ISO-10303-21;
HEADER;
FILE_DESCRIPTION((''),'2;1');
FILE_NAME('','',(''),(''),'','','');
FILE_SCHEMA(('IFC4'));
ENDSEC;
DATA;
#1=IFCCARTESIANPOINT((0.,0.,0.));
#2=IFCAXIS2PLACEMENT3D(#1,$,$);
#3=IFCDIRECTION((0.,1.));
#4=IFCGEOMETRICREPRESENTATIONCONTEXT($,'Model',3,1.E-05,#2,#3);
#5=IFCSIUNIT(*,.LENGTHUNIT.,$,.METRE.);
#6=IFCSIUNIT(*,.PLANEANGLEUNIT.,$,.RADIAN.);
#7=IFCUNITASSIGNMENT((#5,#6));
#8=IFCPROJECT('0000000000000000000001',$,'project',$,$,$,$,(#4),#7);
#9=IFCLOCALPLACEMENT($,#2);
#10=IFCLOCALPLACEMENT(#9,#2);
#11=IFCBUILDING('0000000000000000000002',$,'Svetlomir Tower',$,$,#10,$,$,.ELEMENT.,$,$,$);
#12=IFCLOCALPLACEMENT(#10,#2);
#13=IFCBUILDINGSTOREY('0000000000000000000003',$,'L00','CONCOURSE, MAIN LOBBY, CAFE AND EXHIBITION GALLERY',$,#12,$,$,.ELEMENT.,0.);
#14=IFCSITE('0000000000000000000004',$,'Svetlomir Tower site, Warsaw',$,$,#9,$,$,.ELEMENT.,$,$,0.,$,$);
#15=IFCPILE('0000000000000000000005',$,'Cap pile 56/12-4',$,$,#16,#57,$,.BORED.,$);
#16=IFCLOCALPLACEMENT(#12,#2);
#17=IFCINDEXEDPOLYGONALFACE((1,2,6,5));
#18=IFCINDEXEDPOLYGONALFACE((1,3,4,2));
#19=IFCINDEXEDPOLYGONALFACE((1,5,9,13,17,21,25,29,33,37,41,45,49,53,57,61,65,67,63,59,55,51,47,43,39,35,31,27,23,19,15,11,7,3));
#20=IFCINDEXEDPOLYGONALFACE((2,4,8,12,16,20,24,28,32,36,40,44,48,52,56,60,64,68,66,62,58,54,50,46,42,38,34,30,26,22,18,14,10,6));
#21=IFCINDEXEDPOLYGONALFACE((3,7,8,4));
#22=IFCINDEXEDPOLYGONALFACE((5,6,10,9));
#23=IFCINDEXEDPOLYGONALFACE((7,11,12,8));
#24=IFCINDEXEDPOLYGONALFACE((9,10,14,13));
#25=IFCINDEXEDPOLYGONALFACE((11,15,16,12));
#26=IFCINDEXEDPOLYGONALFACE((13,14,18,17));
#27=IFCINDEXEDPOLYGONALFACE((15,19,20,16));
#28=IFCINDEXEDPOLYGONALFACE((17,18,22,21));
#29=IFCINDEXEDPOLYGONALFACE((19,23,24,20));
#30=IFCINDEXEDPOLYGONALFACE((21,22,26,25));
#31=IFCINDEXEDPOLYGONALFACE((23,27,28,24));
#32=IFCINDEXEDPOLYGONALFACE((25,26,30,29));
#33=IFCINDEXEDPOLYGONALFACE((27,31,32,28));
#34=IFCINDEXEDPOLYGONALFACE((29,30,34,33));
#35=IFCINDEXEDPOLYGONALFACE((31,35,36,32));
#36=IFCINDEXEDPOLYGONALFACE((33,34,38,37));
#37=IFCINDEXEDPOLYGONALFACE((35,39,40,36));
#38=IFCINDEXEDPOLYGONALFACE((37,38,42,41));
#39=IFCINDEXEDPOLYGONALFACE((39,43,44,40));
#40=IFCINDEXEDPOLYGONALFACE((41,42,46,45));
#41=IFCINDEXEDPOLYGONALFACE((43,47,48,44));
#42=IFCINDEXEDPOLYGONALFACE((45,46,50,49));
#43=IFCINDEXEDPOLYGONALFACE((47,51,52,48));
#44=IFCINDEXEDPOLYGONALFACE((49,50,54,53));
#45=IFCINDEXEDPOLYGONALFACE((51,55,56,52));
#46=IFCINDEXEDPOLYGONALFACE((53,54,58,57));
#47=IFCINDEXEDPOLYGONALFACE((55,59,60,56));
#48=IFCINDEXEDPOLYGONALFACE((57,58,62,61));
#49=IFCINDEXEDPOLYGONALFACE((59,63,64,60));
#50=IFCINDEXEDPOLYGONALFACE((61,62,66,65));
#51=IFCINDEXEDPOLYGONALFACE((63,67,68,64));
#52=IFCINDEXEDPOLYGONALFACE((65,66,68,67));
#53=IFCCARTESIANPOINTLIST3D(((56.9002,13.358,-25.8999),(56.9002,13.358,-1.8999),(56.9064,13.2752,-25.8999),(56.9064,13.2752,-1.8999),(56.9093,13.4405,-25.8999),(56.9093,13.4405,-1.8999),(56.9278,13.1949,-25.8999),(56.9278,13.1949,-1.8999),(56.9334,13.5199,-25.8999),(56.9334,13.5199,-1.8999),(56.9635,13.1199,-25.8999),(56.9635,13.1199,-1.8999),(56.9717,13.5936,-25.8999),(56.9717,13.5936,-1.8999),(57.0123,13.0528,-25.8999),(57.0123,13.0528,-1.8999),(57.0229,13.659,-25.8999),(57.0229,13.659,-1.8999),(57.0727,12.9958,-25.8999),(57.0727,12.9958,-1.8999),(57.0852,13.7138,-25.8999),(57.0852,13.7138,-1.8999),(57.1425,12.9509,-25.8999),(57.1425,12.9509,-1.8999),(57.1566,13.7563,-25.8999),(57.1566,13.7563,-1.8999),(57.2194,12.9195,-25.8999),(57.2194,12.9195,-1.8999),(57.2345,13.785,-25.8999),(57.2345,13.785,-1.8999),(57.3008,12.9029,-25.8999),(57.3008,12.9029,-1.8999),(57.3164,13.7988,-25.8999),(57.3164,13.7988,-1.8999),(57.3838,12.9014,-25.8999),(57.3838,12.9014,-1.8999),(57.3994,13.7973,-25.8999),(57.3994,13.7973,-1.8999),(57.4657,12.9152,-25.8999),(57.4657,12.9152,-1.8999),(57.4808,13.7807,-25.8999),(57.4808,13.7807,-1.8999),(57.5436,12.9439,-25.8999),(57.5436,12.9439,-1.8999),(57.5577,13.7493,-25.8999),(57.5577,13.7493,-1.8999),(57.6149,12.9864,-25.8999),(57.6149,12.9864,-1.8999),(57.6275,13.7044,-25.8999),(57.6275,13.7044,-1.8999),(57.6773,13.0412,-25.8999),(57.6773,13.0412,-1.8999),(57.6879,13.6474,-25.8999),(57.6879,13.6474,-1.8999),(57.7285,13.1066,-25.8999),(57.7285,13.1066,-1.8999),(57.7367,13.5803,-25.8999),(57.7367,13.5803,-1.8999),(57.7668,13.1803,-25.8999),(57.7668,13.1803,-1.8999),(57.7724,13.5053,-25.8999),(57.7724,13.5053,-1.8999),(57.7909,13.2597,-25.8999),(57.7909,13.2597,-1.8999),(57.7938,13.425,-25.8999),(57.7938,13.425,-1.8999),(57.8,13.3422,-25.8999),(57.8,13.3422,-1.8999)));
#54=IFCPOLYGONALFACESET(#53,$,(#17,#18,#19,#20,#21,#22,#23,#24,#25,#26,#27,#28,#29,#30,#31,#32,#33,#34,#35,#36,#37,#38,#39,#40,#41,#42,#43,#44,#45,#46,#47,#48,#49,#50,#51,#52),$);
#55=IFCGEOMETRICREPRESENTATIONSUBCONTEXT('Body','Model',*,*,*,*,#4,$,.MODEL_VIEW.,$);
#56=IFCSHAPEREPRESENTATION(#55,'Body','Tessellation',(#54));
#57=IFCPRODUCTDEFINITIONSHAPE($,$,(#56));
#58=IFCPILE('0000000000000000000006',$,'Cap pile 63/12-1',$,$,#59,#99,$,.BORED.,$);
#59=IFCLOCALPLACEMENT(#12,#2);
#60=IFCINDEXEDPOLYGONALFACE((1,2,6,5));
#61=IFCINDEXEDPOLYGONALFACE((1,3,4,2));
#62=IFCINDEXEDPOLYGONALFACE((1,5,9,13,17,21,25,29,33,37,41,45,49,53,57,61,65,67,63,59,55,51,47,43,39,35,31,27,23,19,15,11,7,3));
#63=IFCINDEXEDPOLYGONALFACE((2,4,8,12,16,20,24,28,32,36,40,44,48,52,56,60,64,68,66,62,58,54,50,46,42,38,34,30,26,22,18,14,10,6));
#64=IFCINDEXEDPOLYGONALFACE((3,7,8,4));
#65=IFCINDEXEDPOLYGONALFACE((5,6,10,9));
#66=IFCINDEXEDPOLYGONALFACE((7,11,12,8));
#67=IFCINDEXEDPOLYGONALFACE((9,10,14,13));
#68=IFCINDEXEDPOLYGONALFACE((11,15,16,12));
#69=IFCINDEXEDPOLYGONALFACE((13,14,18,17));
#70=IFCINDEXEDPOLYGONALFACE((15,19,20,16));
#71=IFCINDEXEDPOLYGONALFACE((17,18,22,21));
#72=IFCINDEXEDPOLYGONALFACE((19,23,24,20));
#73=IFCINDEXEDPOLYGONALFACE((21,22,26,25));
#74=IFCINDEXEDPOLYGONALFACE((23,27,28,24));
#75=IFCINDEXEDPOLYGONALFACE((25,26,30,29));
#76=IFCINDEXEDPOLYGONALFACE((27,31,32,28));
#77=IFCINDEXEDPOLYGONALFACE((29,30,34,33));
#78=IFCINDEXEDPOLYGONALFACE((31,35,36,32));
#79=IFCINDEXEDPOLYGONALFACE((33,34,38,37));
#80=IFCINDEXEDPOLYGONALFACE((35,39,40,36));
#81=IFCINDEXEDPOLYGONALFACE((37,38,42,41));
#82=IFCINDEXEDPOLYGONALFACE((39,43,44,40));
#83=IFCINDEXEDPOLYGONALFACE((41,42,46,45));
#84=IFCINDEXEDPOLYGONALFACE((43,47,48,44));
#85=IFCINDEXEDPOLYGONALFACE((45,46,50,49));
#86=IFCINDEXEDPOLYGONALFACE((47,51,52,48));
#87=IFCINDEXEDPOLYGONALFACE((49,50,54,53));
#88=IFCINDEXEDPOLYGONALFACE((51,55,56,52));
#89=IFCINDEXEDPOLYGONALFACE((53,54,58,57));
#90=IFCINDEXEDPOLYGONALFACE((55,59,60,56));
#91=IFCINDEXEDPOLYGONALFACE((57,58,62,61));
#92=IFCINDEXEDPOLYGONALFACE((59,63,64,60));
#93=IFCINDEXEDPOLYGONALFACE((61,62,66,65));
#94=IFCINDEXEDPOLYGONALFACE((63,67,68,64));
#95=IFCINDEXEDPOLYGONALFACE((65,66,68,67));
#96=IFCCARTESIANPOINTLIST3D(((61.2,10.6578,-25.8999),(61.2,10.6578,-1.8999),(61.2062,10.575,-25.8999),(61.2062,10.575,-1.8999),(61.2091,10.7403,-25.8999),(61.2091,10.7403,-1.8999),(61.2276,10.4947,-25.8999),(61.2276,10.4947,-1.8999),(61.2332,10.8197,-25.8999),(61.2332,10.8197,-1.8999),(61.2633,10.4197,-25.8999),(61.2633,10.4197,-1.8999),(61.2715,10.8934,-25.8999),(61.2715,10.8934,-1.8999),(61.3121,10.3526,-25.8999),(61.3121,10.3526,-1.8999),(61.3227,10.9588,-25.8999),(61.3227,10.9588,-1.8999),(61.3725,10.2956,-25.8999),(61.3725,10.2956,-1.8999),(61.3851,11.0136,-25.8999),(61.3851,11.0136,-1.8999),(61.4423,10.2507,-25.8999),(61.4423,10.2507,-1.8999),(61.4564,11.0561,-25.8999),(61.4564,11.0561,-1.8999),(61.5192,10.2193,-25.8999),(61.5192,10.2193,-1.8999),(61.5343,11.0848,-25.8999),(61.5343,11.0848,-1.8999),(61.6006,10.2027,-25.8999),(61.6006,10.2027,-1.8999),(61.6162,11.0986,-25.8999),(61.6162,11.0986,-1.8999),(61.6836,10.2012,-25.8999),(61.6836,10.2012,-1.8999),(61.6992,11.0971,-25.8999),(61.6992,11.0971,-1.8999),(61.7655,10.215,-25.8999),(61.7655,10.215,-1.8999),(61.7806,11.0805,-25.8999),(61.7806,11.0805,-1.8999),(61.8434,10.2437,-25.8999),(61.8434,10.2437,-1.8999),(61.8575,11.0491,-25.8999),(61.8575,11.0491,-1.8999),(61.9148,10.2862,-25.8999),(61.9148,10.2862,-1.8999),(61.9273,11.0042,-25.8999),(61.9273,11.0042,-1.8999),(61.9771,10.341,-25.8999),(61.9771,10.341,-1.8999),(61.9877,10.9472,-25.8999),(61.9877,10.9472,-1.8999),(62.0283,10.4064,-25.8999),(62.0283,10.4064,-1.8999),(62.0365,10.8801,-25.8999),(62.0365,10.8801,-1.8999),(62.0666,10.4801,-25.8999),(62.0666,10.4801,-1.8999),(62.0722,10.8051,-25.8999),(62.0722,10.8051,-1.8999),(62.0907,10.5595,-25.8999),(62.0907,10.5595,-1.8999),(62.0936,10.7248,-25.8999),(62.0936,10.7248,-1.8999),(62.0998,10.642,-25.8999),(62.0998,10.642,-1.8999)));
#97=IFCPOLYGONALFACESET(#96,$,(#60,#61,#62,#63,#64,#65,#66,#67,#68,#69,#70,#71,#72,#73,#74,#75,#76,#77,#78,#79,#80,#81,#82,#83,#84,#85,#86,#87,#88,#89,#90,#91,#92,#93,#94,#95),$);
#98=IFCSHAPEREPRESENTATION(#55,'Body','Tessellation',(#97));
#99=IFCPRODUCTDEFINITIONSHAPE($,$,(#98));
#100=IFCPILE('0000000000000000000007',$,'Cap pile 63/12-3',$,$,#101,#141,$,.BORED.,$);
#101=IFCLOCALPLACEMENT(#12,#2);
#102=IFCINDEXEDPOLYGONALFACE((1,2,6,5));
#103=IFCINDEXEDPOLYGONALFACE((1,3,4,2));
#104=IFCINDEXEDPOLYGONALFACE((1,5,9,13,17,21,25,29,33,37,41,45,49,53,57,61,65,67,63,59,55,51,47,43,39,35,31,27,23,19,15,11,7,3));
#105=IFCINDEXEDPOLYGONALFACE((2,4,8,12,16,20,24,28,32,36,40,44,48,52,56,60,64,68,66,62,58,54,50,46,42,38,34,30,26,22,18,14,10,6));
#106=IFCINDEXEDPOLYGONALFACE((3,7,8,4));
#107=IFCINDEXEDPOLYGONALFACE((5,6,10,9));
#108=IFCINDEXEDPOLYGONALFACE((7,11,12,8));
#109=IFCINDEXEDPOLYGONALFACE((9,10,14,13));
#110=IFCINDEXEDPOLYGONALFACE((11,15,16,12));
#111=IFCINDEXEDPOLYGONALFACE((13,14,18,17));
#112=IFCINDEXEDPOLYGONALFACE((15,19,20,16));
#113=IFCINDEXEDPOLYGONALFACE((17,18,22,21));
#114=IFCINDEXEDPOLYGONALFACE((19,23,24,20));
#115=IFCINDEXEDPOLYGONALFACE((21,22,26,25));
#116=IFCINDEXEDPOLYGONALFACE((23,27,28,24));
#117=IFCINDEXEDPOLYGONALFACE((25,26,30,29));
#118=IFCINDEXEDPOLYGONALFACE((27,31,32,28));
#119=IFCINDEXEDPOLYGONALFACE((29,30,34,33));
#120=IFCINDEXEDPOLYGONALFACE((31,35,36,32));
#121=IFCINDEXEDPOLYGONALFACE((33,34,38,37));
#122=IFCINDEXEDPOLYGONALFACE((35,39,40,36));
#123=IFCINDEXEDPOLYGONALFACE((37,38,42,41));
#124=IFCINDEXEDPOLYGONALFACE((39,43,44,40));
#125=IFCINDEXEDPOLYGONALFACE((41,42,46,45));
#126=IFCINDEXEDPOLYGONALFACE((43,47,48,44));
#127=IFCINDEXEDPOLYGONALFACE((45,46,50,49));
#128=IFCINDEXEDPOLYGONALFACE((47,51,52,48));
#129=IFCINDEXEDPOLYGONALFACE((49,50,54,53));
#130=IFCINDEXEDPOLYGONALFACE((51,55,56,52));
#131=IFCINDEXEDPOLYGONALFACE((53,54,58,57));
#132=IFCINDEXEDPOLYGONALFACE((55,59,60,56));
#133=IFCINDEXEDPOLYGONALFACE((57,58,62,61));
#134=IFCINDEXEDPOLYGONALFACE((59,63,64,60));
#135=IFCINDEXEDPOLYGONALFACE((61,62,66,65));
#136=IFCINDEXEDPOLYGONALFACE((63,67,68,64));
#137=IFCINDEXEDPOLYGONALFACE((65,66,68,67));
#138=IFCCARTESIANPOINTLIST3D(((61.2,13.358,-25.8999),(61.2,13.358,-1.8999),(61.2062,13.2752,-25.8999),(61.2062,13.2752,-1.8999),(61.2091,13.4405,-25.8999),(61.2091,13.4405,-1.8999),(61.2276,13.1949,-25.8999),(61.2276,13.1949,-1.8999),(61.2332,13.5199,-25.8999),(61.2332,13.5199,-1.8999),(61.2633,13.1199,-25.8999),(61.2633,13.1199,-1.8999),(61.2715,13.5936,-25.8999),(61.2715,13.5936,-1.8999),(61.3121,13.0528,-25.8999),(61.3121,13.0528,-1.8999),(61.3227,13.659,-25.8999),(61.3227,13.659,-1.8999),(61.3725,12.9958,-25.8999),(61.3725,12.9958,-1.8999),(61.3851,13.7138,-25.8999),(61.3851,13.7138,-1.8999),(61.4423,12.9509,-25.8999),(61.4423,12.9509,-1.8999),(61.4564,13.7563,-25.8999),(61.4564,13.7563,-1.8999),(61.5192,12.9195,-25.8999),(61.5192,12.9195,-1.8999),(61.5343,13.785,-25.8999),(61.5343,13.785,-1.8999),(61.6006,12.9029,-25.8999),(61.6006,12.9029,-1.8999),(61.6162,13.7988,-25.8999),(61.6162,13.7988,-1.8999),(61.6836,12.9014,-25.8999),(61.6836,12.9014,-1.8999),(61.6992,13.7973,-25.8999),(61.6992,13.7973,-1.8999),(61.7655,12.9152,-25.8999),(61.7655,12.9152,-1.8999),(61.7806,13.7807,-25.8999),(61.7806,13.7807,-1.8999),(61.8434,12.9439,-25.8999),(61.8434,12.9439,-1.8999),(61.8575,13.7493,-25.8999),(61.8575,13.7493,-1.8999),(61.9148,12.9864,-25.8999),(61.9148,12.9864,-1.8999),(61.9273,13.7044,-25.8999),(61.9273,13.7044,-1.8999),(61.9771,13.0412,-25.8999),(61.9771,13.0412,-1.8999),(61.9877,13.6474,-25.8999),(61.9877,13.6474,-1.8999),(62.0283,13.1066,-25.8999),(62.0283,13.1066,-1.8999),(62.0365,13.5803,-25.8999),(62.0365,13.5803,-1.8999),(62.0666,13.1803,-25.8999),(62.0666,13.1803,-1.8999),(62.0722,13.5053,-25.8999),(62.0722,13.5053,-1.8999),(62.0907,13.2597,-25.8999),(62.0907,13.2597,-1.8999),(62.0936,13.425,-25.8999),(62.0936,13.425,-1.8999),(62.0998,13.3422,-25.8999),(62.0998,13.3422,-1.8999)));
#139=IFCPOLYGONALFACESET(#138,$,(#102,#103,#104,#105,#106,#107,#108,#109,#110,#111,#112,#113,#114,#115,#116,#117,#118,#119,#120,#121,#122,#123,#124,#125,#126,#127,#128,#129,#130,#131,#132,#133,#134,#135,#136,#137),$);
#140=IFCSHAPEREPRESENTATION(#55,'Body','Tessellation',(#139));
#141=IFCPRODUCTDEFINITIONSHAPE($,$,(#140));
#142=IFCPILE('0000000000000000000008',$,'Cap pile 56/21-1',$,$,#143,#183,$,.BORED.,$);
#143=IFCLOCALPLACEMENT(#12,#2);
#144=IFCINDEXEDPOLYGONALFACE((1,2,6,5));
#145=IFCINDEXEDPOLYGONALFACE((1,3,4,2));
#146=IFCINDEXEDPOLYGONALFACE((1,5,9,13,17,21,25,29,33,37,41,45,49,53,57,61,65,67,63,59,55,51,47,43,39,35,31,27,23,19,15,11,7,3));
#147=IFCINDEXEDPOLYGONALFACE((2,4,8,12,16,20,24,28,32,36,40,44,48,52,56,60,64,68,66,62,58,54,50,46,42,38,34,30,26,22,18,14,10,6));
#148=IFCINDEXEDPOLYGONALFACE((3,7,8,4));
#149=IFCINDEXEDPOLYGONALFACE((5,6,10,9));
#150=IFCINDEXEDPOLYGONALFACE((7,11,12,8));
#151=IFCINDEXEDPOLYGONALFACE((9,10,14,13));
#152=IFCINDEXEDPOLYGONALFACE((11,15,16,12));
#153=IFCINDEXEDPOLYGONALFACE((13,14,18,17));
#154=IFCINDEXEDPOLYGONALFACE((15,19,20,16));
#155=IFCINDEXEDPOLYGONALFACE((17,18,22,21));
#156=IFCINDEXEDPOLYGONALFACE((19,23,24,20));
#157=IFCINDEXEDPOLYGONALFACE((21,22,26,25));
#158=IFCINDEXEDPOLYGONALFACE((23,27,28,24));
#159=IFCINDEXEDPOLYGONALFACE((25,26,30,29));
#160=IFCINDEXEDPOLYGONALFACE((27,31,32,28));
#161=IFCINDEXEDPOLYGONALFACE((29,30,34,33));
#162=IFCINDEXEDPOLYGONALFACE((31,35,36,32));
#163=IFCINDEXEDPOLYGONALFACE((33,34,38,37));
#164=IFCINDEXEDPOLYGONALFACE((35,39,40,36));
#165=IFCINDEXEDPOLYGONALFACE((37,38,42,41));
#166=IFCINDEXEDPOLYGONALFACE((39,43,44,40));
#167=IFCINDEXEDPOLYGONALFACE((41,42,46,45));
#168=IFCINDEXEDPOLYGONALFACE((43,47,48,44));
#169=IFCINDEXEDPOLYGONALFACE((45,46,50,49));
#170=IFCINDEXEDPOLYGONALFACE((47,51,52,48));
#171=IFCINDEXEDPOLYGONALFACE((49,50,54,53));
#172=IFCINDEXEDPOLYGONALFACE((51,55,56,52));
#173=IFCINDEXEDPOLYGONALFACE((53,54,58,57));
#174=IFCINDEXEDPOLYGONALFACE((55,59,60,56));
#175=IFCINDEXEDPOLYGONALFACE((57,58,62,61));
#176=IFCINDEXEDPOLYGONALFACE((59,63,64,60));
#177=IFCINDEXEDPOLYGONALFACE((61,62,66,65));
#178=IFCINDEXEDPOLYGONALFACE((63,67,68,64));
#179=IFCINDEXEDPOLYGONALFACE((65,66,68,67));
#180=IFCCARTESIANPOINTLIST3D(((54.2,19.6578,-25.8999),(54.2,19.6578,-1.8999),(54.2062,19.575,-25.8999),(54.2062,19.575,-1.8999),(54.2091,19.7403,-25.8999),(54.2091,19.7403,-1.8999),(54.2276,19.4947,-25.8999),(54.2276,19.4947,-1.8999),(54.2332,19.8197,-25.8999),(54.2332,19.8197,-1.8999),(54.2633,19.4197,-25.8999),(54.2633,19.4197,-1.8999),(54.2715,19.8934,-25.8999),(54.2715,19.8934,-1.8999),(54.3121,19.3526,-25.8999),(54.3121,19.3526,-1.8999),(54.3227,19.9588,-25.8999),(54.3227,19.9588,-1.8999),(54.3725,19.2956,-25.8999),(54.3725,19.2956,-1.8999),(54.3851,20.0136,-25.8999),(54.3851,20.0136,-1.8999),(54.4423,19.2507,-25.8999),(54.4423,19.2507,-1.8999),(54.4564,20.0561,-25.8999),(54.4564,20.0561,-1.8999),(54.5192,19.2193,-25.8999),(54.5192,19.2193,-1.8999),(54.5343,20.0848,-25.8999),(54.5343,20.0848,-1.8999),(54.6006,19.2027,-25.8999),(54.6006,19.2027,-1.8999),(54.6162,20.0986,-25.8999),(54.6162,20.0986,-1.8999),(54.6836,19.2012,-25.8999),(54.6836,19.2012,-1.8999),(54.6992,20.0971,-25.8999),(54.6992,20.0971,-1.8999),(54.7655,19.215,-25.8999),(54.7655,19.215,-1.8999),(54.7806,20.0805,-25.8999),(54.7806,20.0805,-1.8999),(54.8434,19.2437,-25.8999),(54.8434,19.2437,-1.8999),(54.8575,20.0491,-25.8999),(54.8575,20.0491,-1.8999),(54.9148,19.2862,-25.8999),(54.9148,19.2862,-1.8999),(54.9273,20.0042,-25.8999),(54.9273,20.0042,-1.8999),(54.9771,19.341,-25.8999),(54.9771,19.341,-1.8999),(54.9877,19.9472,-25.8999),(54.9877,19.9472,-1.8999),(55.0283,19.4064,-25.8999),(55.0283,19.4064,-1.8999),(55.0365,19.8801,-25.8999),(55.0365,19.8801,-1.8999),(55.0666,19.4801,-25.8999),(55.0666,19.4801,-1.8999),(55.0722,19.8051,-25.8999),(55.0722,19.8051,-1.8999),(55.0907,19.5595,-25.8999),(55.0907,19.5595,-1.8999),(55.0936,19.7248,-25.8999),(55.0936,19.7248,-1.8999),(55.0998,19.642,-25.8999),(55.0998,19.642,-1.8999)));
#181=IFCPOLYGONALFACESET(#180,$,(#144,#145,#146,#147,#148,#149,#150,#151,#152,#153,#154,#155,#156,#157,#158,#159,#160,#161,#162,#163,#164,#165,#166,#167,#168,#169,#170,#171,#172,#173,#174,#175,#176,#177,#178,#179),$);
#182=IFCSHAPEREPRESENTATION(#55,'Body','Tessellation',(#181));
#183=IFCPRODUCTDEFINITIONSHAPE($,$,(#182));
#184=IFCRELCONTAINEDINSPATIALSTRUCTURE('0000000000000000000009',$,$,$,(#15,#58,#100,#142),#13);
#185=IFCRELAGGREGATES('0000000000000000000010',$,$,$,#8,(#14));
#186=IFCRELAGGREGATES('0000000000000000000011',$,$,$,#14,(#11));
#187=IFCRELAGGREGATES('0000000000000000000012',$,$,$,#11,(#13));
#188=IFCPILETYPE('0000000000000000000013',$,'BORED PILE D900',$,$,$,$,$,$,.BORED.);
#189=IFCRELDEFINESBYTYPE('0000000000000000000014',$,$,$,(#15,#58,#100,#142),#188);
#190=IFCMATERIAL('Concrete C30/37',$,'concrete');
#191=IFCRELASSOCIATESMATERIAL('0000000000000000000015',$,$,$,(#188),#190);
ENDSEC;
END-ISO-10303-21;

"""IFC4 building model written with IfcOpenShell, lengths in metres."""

from ifc_helpers import new_model, si_unit, direction, frame, frame_2d, origin, origin_2d, place, context, subcontext, project, spatial, circle, extrude, material, material_profile, profile_set, type_object, element, save


model = new_model("IFC4")

# Units and contexts
model_context = context("Model", 3, precision=1e-05, world=origin(), true_north=direction((0.0, 1.0)))
body_context = subcontext(model_context, "Body", "Model", "MODEL_VIEW")
ifc_project = project(units=[si_unit("LENGTHUNIT", "METRE"), si_unit("PLANEANGLEUNIT", "RADIAN")], contexts=[model_context])

# Site, building, storey
site_placement = place(None, origin())
site = spatial("IfcSite", under=ifc_project, at=site_placement, Name="Svetlomir Tower site, Warsaw", CompositionType="ELEMENT", RefElevation=0.0)
building_placement = place(site_placement, origin())
building = spatial("IfcBuilding", under=site, at=building_placement, Name="Svetlomir Tower", CompositionType="ELEMENT")
storey_placement = place(building_placement, origin())
storey = spatial("IfcBuildingStorey", under=building, at=storey_placement, Name="L00", Description="CONCOURSE, MAIN LOBBY, CAFE AND EXHIBITION GALLERY", CompositionType="ELEMENT", Elevation=0.0)

# Piles
ifc_material_1 = material(Name="Concrete C30/37", Category="concrete")
ifc_material_profile_1 = material_profile(ifc_material_1, circle(Radius=0.45, at=origin_2d()), Name="RC D900")
ifc_profile_set_1 = profile_set([ifc_material_profile_1], Name="Concrete C30/37")
pile_type = type_object("IfcPileType", Name="BORED PILE D900", PredefinedType="BORED", material=ifc_profile_set_1)
for number, where, z_axis, x_axis, name in (
    (1, (57.3501, 13.3501, -1.8999), (0.0, 0.0, -1.0), (1.0, 0.0, 0.0), "Cap pile 56/12-4"),
    (2, (61.6499, 10.6499, -1.8999), (0.0, 0.0, -1.0), (1.0, 0.0, 0.0), "Cap pile 63/12-1"),
    (3, (61.6499, 13.3501, -1.8999), (0.0, 0.0, -1.0), (1.0, 0.0, 0.0), "Cap pile 63/12-3"),
    (4, (54.6499, 19.6499, -1.8999), (0.0, 0.0, -1.0), (1.0, 0.0, 0.0), "Cap pile 56/21-1"),
):
    element("IfcPile", number, at=place(storey_placement, frame(where, z_axis=z_axis, x_axis=x_axis)), inside=storey, type_object=pile_type, Name=name, PredefinedType="BORED", context=body_context, shape_type="SweptSolid", body=[
        extrude(circle(Radius=0.45, at=frame_2d((0.0, 0.0), x_axis=(0.999848, 0.017452))), origin(), (0.0, 0.0, 1.0), 24.0),
    ])

save(model, "model.ifc")
